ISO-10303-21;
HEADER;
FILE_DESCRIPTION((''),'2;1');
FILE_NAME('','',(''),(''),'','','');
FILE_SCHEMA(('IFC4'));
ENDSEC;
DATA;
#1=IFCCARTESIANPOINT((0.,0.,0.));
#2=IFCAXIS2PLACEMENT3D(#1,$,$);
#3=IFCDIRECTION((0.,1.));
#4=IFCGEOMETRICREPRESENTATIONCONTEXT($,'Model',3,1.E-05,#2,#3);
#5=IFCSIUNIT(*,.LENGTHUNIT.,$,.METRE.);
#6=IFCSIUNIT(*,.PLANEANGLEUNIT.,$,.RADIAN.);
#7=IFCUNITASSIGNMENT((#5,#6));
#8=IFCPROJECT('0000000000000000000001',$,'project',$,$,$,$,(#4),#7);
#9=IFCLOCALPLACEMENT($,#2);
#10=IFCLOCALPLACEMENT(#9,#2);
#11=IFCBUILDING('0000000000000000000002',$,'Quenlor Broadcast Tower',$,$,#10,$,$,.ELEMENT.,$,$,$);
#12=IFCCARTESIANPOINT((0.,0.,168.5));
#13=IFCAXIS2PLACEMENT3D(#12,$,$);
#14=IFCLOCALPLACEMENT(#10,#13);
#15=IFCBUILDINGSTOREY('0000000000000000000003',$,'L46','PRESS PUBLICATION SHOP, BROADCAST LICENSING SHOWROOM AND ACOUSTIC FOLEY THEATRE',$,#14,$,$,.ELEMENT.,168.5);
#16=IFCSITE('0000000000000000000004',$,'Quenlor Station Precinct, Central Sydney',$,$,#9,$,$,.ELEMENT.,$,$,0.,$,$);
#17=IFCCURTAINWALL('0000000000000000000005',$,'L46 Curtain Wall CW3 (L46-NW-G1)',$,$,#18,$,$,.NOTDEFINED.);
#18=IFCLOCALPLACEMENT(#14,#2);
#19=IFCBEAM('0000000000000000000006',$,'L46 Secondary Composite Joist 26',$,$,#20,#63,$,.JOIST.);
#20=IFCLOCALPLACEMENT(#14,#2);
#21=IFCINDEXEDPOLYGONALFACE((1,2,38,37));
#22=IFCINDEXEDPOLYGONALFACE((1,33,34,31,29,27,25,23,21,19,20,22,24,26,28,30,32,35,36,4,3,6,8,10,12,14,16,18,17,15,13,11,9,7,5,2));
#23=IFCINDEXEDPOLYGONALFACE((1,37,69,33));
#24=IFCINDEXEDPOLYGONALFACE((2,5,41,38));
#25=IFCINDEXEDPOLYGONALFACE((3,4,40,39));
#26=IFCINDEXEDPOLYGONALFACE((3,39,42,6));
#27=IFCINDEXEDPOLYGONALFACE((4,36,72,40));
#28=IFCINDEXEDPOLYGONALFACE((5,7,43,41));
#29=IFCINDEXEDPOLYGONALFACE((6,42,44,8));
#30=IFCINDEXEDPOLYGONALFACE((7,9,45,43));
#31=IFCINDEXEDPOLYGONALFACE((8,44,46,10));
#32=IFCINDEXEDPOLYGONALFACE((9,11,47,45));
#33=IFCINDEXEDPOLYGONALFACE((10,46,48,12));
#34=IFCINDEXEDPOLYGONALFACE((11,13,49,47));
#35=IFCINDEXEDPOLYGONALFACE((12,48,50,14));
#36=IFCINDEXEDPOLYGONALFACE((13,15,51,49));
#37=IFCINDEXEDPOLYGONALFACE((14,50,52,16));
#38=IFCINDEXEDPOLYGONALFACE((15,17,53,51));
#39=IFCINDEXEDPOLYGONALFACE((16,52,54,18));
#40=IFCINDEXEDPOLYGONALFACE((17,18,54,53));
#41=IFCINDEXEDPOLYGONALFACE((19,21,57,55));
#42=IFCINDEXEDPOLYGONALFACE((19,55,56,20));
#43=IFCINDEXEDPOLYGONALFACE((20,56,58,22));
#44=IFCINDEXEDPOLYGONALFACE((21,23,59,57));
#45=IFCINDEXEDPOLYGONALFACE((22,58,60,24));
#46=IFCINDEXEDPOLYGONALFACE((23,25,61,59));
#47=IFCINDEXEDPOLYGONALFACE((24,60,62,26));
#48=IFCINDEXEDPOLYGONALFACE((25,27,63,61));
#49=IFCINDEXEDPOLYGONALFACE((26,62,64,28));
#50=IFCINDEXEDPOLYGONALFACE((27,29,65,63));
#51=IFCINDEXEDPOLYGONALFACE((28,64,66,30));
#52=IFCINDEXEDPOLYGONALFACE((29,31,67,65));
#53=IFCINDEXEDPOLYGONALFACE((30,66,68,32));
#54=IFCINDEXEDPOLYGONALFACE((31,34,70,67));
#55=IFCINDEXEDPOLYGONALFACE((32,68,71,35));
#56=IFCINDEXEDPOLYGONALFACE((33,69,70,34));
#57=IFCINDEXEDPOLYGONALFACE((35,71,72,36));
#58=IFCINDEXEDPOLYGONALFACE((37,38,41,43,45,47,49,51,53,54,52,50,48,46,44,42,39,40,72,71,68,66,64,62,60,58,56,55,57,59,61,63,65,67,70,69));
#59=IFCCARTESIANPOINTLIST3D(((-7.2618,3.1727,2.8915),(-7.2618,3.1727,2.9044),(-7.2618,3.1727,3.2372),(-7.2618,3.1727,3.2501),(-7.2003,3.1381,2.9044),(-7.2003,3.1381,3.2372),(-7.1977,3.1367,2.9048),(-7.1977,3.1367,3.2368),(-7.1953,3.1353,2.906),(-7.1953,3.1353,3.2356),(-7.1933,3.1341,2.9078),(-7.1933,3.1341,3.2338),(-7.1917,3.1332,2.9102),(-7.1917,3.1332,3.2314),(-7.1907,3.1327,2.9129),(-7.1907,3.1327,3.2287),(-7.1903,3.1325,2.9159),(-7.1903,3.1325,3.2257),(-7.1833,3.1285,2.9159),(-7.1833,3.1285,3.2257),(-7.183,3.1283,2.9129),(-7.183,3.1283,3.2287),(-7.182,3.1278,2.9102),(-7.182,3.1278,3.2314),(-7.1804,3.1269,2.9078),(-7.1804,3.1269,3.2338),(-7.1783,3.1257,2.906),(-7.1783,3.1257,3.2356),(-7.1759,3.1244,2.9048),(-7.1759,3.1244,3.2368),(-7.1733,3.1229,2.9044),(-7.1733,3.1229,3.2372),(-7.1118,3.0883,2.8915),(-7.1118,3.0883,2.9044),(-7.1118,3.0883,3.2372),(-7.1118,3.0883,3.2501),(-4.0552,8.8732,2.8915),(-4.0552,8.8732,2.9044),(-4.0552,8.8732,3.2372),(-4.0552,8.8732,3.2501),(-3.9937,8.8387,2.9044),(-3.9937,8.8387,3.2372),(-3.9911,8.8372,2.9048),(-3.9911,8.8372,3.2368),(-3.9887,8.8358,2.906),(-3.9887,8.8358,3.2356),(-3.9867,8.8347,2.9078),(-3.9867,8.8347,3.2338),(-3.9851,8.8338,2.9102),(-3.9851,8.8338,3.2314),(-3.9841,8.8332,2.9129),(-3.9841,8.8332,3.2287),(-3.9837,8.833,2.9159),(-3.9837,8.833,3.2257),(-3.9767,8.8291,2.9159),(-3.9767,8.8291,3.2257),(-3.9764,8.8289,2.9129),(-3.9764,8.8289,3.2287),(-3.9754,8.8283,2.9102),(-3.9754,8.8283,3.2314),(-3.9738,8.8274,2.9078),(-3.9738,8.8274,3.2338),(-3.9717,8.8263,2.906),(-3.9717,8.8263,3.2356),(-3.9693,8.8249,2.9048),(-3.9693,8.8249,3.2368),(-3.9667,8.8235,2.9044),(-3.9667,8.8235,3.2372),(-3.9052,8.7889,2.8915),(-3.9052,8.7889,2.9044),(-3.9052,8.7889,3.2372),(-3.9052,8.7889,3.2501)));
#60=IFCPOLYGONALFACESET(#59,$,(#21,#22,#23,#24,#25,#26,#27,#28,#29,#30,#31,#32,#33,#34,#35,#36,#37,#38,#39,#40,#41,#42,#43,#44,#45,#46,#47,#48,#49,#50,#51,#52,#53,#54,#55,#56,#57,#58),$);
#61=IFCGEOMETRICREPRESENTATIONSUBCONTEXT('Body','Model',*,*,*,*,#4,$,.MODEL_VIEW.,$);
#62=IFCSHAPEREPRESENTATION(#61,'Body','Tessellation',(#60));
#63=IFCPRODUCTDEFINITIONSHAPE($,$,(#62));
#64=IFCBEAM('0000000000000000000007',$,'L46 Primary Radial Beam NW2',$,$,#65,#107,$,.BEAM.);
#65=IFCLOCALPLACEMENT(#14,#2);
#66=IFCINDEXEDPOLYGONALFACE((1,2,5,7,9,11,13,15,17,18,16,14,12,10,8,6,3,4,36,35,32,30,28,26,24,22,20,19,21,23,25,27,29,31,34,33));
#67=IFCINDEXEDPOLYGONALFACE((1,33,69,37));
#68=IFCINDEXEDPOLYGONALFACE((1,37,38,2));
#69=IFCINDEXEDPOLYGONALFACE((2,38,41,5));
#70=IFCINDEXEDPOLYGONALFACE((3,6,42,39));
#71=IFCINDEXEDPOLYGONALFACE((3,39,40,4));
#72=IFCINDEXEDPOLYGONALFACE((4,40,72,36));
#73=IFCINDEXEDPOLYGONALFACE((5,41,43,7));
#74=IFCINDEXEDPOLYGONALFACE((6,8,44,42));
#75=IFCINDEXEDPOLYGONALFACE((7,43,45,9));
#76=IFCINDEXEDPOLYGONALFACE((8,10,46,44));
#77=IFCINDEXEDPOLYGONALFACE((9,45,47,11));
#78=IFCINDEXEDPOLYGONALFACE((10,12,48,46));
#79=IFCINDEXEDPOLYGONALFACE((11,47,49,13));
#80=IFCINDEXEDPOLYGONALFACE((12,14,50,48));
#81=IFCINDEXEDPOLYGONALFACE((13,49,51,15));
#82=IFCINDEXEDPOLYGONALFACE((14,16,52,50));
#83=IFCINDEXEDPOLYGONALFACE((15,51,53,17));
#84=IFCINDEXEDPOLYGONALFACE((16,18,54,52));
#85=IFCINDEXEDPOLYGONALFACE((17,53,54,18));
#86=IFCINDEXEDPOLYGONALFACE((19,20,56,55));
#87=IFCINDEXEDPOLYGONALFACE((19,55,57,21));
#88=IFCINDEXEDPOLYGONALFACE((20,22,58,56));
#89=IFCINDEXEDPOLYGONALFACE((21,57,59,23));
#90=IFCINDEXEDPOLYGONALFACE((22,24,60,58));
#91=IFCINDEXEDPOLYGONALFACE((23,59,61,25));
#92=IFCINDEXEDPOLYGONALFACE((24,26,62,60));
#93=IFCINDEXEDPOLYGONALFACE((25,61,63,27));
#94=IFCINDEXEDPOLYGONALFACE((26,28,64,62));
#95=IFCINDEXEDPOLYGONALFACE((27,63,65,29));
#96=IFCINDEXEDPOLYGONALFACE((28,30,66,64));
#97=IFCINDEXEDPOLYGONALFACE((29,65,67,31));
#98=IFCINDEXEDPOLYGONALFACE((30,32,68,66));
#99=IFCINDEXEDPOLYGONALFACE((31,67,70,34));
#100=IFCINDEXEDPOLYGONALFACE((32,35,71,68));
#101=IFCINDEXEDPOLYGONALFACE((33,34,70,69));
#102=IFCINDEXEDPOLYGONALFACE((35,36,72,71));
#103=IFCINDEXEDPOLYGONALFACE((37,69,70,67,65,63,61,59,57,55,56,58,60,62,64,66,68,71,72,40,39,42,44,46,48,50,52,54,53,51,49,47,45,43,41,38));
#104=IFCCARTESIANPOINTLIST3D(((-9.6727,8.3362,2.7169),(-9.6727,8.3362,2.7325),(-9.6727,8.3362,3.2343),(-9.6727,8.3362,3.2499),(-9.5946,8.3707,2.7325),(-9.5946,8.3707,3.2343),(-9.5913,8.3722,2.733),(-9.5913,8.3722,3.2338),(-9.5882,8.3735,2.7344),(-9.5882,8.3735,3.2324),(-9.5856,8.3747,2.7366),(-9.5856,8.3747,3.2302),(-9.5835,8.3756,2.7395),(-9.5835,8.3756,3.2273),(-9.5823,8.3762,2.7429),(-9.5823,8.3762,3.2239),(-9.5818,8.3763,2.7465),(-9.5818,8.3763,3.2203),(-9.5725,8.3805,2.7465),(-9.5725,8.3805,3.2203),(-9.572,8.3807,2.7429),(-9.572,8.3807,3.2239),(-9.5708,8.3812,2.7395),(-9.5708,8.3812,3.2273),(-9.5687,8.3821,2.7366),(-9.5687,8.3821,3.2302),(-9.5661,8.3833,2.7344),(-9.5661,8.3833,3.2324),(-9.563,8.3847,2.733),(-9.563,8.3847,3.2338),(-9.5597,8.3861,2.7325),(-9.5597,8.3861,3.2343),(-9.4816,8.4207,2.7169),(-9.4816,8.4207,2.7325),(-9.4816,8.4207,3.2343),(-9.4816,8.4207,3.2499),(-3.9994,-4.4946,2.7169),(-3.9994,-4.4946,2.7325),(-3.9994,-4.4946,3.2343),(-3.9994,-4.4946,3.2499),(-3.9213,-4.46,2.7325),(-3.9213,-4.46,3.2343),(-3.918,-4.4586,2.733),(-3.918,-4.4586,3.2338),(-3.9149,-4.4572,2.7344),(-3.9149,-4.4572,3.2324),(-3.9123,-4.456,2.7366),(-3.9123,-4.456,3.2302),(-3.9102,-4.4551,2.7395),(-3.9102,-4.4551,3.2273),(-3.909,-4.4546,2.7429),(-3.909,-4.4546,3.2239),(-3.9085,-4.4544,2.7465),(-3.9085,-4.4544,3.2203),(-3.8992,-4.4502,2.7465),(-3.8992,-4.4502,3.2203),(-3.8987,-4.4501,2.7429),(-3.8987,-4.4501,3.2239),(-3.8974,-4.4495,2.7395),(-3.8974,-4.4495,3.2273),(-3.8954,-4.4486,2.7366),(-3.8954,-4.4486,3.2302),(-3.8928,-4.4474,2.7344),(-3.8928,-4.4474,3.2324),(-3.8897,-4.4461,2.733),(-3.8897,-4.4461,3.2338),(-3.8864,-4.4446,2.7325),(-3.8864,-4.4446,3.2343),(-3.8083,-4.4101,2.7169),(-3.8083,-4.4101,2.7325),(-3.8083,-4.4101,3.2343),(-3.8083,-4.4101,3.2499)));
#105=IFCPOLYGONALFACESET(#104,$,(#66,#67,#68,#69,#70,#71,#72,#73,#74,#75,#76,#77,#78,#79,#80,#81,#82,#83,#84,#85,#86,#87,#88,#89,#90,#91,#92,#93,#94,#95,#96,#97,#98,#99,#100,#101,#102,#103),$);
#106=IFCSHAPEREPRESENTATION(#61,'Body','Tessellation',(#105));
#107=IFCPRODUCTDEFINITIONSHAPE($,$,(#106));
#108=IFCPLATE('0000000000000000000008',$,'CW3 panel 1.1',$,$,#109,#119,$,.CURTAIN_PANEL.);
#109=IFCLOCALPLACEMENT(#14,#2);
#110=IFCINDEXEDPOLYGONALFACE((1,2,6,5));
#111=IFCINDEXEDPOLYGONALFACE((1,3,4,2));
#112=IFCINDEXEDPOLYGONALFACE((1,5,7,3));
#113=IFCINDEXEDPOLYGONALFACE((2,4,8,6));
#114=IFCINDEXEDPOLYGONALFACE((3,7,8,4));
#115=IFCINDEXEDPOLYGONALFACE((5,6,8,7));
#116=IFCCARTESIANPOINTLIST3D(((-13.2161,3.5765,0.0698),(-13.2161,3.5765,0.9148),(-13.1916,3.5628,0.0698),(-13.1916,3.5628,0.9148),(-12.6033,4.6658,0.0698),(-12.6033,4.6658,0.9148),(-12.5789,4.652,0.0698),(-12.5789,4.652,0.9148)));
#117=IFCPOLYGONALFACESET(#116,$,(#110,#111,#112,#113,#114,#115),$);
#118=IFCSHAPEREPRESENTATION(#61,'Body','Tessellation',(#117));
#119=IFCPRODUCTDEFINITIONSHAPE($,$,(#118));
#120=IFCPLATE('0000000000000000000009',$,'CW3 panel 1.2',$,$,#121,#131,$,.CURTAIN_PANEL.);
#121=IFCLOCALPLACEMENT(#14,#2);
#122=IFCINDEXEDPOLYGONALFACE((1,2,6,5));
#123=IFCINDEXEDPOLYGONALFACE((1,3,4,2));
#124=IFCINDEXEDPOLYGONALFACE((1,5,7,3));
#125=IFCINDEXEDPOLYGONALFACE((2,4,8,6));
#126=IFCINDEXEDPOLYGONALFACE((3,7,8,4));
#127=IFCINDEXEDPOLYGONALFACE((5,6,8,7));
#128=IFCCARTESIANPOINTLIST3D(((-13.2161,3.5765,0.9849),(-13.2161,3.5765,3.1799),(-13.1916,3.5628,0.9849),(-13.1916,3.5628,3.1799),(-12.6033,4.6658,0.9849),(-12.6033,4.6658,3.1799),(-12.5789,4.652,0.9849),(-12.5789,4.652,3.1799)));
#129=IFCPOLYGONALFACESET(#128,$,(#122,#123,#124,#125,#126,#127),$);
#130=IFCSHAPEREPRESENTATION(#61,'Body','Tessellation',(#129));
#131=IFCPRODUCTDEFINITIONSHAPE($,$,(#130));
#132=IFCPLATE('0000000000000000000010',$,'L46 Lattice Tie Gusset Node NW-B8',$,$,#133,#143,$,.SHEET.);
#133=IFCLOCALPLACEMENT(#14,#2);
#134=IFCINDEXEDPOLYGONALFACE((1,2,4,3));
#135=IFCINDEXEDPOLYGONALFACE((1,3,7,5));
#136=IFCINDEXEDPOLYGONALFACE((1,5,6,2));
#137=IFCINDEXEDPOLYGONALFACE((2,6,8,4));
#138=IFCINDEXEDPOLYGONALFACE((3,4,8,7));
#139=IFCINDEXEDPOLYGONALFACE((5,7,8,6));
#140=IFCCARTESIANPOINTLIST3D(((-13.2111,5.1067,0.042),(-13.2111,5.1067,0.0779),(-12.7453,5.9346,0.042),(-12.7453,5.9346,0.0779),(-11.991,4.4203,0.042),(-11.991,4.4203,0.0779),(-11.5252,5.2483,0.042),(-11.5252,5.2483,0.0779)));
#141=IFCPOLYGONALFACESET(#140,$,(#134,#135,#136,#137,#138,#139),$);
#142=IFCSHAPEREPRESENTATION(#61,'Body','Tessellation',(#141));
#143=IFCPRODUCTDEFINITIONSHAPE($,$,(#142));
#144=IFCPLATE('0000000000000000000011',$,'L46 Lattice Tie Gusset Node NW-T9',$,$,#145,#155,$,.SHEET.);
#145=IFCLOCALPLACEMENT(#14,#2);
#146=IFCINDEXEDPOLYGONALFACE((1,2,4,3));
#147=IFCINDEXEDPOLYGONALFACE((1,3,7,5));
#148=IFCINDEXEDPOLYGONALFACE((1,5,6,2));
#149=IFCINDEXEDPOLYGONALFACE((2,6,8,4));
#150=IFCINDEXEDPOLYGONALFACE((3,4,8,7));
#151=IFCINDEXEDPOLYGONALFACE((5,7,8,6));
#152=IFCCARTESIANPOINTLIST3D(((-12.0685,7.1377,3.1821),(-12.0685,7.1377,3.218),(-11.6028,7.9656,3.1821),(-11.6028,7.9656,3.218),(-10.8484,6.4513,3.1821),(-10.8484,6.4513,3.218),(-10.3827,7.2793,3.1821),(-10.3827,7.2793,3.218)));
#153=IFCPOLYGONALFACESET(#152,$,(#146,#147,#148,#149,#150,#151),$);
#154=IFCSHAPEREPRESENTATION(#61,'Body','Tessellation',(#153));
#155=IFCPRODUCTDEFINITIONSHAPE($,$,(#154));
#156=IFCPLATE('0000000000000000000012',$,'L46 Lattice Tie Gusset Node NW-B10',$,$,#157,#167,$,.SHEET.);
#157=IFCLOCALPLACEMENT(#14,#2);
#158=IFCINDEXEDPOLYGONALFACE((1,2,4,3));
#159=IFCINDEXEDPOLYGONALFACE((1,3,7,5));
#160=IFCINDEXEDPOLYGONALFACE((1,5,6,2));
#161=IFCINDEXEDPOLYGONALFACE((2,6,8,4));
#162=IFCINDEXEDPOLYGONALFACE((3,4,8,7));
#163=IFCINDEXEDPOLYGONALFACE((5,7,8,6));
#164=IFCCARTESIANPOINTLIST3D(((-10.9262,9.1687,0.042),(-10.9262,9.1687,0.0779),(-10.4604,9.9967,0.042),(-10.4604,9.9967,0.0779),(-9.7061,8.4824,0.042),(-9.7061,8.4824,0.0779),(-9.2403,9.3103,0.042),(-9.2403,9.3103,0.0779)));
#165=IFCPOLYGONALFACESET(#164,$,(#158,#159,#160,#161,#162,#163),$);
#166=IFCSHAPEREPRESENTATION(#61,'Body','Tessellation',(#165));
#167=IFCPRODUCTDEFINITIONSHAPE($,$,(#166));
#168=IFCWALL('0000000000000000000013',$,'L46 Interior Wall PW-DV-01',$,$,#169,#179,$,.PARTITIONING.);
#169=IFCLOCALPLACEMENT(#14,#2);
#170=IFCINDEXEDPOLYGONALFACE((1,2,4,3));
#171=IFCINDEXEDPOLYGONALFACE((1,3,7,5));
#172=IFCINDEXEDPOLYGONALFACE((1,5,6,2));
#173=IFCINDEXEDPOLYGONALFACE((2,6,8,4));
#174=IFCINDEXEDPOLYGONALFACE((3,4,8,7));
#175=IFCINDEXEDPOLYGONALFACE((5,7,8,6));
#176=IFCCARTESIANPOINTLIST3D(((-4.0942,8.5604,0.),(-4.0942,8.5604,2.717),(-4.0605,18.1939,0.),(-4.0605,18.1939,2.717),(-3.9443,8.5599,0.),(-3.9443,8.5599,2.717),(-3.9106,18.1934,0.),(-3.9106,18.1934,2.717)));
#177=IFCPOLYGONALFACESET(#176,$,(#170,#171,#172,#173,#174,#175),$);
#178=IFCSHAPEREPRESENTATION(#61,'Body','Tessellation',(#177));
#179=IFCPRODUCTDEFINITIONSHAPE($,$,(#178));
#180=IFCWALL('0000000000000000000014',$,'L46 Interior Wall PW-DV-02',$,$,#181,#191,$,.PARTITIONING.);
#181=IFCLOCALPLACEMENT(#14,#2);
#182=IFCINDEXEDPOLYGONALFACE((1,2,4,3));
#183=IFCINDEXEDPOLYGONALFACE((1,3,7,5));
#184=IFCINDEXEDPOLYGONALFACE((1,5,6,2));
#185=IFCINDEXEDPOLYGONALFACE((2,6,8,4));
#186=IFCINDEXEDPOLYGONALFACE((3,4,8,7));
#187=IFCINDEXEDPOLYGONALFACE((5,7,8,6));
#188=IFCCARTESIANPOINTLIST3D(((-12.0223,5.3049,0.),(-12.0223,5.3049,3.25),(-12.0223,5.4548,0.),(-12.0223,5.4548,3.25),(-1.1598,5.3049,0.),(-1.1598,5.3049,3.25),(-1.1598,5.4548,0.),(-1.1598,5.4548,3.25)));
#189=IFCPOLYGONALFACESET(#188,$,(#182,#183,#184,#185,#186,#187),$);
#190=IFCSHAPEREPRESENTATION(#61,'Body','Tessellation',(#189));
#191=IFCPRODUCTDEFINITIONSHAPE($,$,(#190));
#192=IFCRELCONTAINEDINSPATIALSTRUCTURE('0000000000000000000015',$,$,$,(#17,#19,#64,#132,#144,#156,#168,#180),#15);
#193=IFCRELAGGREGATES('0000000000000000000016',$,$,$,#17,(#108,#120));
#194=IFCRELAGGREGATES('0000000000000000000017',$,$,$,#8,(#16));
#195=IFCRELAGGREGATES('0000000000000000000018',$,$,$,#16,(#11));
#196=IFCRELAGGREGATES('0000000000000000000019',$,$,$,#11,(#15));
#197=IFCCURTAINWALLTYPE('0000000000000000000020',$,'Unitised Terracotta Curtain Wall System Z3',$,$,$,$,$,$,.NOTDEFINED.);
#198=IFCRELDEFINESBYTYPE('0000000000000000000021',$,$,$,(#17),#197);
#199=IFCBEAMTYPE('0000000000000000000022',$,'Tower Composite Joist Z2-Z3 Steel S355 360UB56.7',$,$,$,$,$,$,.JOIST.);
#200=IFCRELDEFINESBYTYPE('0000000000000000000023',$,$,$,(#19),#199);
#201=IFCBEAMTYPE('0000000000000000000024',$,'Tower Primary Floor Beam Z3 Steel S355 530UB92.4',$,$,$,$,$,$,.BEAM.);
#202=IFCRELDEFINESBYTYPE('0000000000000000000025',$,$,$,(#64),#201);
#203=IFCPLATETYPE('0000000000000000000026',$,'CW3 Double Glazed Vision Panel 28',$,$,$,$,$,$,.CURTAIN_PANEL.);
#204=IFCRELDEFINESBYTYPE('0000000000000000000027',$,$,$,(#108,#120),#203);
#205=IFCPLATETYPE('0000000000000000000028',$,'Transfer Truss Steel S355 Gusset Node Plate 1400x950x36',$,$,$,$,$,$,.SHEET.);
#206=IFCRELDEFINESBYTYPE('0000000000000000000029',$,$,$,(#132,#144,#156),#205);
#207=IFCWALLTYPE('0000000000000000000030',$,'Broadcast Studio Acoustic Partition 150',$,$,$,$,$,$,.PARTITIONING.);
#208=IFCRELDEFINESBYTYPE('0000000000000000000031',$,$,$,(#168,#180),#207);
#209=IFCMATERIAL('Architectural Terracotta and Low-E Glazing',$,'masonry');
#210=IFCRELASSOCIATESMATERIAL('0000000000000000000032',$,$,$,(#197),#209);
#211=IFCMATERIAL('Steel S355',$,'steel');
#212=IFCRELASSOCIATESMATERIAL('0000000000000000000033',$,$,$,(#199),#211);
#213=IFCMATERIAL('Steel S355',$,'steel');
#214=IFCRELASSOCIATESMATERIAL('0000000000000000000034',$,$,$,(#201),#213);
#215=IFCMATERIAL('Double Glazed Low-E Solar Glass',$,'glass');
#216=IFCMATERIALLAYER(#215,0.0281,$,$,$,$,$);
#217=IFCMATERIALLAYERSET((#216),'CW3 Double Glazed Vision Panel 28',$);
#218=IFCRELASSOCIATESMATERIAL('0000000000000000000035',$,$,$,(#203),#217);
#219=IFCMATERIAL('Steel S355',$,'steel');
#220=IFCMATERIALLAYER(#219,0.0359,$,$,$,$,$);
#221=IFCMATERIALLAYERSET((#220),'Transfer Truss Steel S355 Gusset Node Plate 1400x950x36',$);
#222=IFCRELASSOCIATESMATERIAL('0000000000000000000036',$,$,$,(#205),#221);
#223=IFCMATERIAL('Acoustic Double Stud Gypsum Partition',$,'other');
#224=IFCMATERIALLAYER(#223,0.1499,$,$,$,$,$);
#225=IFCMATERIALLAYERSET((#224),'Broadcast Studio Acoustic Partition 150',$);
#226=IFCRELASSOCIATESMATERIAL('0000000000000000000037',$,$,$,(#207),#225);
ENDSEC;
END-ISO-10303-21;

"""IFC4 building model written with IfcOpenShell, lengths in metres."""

from ifc_helpers import new_model, si_unit, direction, frame, frame_2d, origin, origin_2d, place, context, subcontext, project, spatial, rectangle, i_section, extrude, material, layer, layer_set, material_profile, profile_set, type_object, element, aggregate, save


model = new_model("IFC4")

# Units and contexts
model_context = context("Model", 3, precision=1e-05, world=origin(), true_north=direction((0.0, 1.0)))
body_context = subcontext(model_context, "Body", "Model", "MODEL_VIEW")
ifc_project = project(units=[si_unit("LENGTHUNIT", "METRE"), si_unit("PLANEANGLEUNIT", "RADIAN")], contexts=[model_context])

# Site, building, storey
site_placement = place(None, origin())
site = spatial("IfcSite", under=ifc_project, at=site_placement, Name="Quenlor Station Precinct, Central Sydney", CompositionType="ELEMENT", RefElevation=0.0)
building_placement = place(site_placement, origin())
building = spatial("IfcBuilding", under=site, at=building_placement, Name="Quenlor Broadcast Tower", CompositionType="ELEMENT")
storey_placement = place(building_placement, frame((0.0, 0.0, 168.5)))
storey = spatial("IfcBuildingStorey", under=building, at=storey_placement, Name="L46", Description="PRESS PUBLICATION SHOP, BROADCAST LICENSING SHOWROOM AND ACOUSTIC FOLEY THEATRE", CompositionType="ELEMENT", Elevation=168.5)

# Shared definitions
ifc_material_1 = material(Name="Architectural Terracotta and Low-E Glazing", Category="masonry")
curtain_wall_type = type_object("IfcCurtainWallType", Name="Unitised Terracotta Curtain Wall System Z3", PredefinedType="NOTDEFINED", material=ifc_material_1)

# Curtain wall
curtain_wall_1_placement = place(storey_placement, origin())
curtain_wall_1 = element("IfcCurtainWall", 1, at=curtain_wall_1_placement, inside=storey, type_object=curtain_wall_type, Name="L46 Curtain Wall CW3 (L46-NW-G1)", PredefinedType="NOTDEFINED")

# Beams
ifc_material_2 = material(Name="Steel S355", Category="steel")
ifc_material_profile_1 = material_profile(ifc_material_2, i_section(OverallWidth=0.1721, OverallDepth=0.3586, WebThickness=0.0081, FlangeThickness=0.0129, FilletRadius=0.0115, at=origin_2d()))
ifc_profile_set_1 = profile_set([ifc_material_profile_1], Name="Steel S355 360UB56.7")
beam_type_1 = type_object("IfcBeamType", Name="Tower Composite Joist Z2-Z3 Steel S355 360UB56.7", PredefinedType="JOIST", material=ifc_profile_set_1)
beam_1_placement = place(storey_placement, frame((-3.9802, 8.8311, 3.0708), z_axis=(-0.490267, -0.871573, 0.0), x_axis=(0.871573, -0.490267, 0.0)))
element("IfcBeam", 2, at=beam_1_placement, inside=storey, type_object=beam_type_1, Name="L46 Secondary Composite Joist 26", PredefinedType="JOIST", context=body_context, shape_type="SweptSolid", body=[
    extrude(i_section(OverallWidth=0.1721, OverallDepth=0.3586, WebThickness=0.0081, FlangeThickness=0.0129, FilletRadius=0.0115, at=origin_2d()), origin(), (0.0, 0.0, 1.0), 6.5405),
])
ifc_material_3 = material(Name="Steel S355", Category="steel")
ifc_material_profile_2 = material_profile(ifc_material_3, i_section(OverallWidth=0.209, OverallDepth=0.533, WebThickness=0.0103, FlangeThickness=0.0156, FilletRadius=0.0139, at=origin_2d()))
ifc_profile_set_2 = profile_set([ifc_material_profile_2], Name="Steel S355 530UB92.4")
beam_type_2 = type_object("IfcBeamType", Name="Tower Primary Floor Beam Z3 Steel S355 530UB92.4", PredefinedType="BEAM", material=ifc_profile_set_2)
beam_2_placement = place(storey_placement, frame((-9.5771, 8.3784, 2.9834), z_axis=(0.404397, -0.914583, 0.0), x_axis=(0.914583, 0.404397, 0.0)))
element("IfcBeam", 3, at=beam_2_placement, inside=storey, type_object=beam_type_2, Name="L46 Primary Radial Beam NW2", PredefinedType="BEAM", context=body_context, shape_type="SweptSolid", body=[
    extrude(i_section(OverallWidth=0.209, OverallDepth=0.533, WebThickness=0.0103, FlangeThickness=0.0156, FilletRadius=0.0139, at=origin_2d()), origin(), (0.0, 0.0, 1.0), 14.0291),
])

# Plates
ifc_material_4 = material(Name="Double Glazed Low-E Solar Glass", Category="glass")
ifc_layer_1 = layer(ifc_material_4, 0.0281)
ifc_layer_set_1 = layer_set([ifc_layer_1], Name="CW3 Double Glazed Vision Panel 28")
plate_type_1 = type_object("IfcPlateType", Name="CW3 Double Glazed Vision Panel 28", PredefinedType="CURTAIN_PANEL", material=ifc_layer_set_1)
plate_1_placement = place(storey_placement, frame((-12.8975, 4.1143, 0.0698), z_axis=(0.0, 0.0, 1.0), x_axis=(0.490285, 0.871562, 0.0)))
plate_1 = element("IfcPlate", 4, at=plate_1_placement, type_object=plate_type_1, Name="CW3 panel 1.1", PredefinedType="CURTAIN_PANEL", context=body_context, shape_type="SweptSolid", body=[
    extrude(rectangle(XDim=1.2498, YDim=0.0281, at=origin_2d()), origin(), (0.0, 0.0, 1.0), 0.845),
])
plate_2_placement = place(storey_placement, frame((-12.8975, 4.1143, 0.9849), z_axis=(0.0, 0.0, 1.0), x_axis=(0.490285, 0.871562, 0.0)))
plate_2 = element("IfcPlate", 5, at=plate_2_placement, type_object=plate_type_1, Name="CW3 panel 1.2", PredefinedType="CURTAIN_PANEL", context=body_context, shape_type="SweptSolid", body=[
    extrude(rectangle(XDim=1.2498, YDim=0.0281, at=origin_2d()), origin(), (0.0, 0.0, 1.0), 2.1951),
])
aggregate(curtain_wall_1, [plate_1, plate_2])

# Plates
ifc_material_5 = material(Name="Steel S355", Category="steel")
ifc_layer_2 = layer(ifc_material_5, 0.0359)
ifc_layer_set_2 = layer_set([ifc_layer_2], Name="Transfer Truss Steel S355 Gusset Node Plate 1400x950x36")
plate_type_2 = type_object("IfcPlateType", Name="Transfer Truss Steel S355 Gusset Node Plate 1400x950x36", PredefinedType="SHEET", material=ifc_layer_set_2)
for number, where, z_axis, x_axis, name in (
    (6, (-12.3682, 5.1775, 0.042), (0.0, 0.0, 1.0), (-0.871556, 0.490295, 0.0), "L46 Lattice Tie Gusset Node NW-B8"),
    (7, (-11.2256, 7.2085, 3.1821), (0.0, 0.0, 1.0), (-0.871556, 0.490295, 0.0), "L46 Lattice Tie Gusset Node NW-T9"),
    (8, (-10.0833, 9.2395, 0.042), (0.0, 0.0, 1.0), (-0.871556, 0.490295, 0.0), "L46 Lattice Tie Gusset Node NW-B10"),
):
    element("IfcPlate", number, at=place(storey_placement, frame(where, z_axis=z_axis, x_axis=x_axis)), inside=storey, type_object=plate_type_2, Name=name, PredefinedType="SHEET", context=body_context, shape_type="SweptSolid", body=[
        extrude(rectangle(XDim=1.3999, YDim=0.95, at=origin_2d()), origin(), (0.0, 0.0, 1.0), 0.0359),
    ])

# Walls
ifc_material_6 = material(Name="Acoustic Double Stud Gypsum Partition", Category="other")
ifc_layer_3 = layer(ifc_material_6, 0.1499)
ifc_layer_set_3 = layer_set([ifc_layer_3], Name="Broadcast Studio Acoustic Partition 150")
wall_type_1 = type_object("IfcWallType", Name="Broadcast Studio Acoustic Partition 150", PredefinedType="PARTITIONING", material=ifc_layer_set_3)
wall_1_placement = place(storey_placement, frame((-4.0193, 8.5601, 0.0), z_axis=(0.0, 0.0, 1.0), x_axis=(0.003497, 0.999994, 0.0)))
element("IfcWall", 9, at=wall_1_placement, inside=storey, type_object=wall_type_1, Name="L46 Interior Wall PW-DV-01", PredefinedType="PARTITIONING", context=body_context, shape_type="SweptSolid", body=[
    extrude(rectangle(XDim=9.6335, YDim=0.1499, at=frame_2d((4.8169, 0.0))), origin(), (0.0, 0.0, 1.0), 2.717),
])
wall_2_placement = place(storey_placement, frame((-1.1599, 5.3799, 0.0), z_axis=(0.0, 0.0, 1.0), x_axis=(-1.0, 0.0, 0.0)))
element("IfcWall", 10, at=wall_2_placement, inside=storey, type_object=wall_type_1, Name="L46 Interior Wall PW-DV-02", PredefinedType="PARTITIONING", context=body_context, shape_type="SweptSolid", body=[
    extrude(rectangle(XDim=10.8625, YDim=0.1499, at=frame_2d((5.4312, 0.0))), origin(), (0.0, 0.0, 1.0), 3.25),
])

save(model, "model.ifc")
